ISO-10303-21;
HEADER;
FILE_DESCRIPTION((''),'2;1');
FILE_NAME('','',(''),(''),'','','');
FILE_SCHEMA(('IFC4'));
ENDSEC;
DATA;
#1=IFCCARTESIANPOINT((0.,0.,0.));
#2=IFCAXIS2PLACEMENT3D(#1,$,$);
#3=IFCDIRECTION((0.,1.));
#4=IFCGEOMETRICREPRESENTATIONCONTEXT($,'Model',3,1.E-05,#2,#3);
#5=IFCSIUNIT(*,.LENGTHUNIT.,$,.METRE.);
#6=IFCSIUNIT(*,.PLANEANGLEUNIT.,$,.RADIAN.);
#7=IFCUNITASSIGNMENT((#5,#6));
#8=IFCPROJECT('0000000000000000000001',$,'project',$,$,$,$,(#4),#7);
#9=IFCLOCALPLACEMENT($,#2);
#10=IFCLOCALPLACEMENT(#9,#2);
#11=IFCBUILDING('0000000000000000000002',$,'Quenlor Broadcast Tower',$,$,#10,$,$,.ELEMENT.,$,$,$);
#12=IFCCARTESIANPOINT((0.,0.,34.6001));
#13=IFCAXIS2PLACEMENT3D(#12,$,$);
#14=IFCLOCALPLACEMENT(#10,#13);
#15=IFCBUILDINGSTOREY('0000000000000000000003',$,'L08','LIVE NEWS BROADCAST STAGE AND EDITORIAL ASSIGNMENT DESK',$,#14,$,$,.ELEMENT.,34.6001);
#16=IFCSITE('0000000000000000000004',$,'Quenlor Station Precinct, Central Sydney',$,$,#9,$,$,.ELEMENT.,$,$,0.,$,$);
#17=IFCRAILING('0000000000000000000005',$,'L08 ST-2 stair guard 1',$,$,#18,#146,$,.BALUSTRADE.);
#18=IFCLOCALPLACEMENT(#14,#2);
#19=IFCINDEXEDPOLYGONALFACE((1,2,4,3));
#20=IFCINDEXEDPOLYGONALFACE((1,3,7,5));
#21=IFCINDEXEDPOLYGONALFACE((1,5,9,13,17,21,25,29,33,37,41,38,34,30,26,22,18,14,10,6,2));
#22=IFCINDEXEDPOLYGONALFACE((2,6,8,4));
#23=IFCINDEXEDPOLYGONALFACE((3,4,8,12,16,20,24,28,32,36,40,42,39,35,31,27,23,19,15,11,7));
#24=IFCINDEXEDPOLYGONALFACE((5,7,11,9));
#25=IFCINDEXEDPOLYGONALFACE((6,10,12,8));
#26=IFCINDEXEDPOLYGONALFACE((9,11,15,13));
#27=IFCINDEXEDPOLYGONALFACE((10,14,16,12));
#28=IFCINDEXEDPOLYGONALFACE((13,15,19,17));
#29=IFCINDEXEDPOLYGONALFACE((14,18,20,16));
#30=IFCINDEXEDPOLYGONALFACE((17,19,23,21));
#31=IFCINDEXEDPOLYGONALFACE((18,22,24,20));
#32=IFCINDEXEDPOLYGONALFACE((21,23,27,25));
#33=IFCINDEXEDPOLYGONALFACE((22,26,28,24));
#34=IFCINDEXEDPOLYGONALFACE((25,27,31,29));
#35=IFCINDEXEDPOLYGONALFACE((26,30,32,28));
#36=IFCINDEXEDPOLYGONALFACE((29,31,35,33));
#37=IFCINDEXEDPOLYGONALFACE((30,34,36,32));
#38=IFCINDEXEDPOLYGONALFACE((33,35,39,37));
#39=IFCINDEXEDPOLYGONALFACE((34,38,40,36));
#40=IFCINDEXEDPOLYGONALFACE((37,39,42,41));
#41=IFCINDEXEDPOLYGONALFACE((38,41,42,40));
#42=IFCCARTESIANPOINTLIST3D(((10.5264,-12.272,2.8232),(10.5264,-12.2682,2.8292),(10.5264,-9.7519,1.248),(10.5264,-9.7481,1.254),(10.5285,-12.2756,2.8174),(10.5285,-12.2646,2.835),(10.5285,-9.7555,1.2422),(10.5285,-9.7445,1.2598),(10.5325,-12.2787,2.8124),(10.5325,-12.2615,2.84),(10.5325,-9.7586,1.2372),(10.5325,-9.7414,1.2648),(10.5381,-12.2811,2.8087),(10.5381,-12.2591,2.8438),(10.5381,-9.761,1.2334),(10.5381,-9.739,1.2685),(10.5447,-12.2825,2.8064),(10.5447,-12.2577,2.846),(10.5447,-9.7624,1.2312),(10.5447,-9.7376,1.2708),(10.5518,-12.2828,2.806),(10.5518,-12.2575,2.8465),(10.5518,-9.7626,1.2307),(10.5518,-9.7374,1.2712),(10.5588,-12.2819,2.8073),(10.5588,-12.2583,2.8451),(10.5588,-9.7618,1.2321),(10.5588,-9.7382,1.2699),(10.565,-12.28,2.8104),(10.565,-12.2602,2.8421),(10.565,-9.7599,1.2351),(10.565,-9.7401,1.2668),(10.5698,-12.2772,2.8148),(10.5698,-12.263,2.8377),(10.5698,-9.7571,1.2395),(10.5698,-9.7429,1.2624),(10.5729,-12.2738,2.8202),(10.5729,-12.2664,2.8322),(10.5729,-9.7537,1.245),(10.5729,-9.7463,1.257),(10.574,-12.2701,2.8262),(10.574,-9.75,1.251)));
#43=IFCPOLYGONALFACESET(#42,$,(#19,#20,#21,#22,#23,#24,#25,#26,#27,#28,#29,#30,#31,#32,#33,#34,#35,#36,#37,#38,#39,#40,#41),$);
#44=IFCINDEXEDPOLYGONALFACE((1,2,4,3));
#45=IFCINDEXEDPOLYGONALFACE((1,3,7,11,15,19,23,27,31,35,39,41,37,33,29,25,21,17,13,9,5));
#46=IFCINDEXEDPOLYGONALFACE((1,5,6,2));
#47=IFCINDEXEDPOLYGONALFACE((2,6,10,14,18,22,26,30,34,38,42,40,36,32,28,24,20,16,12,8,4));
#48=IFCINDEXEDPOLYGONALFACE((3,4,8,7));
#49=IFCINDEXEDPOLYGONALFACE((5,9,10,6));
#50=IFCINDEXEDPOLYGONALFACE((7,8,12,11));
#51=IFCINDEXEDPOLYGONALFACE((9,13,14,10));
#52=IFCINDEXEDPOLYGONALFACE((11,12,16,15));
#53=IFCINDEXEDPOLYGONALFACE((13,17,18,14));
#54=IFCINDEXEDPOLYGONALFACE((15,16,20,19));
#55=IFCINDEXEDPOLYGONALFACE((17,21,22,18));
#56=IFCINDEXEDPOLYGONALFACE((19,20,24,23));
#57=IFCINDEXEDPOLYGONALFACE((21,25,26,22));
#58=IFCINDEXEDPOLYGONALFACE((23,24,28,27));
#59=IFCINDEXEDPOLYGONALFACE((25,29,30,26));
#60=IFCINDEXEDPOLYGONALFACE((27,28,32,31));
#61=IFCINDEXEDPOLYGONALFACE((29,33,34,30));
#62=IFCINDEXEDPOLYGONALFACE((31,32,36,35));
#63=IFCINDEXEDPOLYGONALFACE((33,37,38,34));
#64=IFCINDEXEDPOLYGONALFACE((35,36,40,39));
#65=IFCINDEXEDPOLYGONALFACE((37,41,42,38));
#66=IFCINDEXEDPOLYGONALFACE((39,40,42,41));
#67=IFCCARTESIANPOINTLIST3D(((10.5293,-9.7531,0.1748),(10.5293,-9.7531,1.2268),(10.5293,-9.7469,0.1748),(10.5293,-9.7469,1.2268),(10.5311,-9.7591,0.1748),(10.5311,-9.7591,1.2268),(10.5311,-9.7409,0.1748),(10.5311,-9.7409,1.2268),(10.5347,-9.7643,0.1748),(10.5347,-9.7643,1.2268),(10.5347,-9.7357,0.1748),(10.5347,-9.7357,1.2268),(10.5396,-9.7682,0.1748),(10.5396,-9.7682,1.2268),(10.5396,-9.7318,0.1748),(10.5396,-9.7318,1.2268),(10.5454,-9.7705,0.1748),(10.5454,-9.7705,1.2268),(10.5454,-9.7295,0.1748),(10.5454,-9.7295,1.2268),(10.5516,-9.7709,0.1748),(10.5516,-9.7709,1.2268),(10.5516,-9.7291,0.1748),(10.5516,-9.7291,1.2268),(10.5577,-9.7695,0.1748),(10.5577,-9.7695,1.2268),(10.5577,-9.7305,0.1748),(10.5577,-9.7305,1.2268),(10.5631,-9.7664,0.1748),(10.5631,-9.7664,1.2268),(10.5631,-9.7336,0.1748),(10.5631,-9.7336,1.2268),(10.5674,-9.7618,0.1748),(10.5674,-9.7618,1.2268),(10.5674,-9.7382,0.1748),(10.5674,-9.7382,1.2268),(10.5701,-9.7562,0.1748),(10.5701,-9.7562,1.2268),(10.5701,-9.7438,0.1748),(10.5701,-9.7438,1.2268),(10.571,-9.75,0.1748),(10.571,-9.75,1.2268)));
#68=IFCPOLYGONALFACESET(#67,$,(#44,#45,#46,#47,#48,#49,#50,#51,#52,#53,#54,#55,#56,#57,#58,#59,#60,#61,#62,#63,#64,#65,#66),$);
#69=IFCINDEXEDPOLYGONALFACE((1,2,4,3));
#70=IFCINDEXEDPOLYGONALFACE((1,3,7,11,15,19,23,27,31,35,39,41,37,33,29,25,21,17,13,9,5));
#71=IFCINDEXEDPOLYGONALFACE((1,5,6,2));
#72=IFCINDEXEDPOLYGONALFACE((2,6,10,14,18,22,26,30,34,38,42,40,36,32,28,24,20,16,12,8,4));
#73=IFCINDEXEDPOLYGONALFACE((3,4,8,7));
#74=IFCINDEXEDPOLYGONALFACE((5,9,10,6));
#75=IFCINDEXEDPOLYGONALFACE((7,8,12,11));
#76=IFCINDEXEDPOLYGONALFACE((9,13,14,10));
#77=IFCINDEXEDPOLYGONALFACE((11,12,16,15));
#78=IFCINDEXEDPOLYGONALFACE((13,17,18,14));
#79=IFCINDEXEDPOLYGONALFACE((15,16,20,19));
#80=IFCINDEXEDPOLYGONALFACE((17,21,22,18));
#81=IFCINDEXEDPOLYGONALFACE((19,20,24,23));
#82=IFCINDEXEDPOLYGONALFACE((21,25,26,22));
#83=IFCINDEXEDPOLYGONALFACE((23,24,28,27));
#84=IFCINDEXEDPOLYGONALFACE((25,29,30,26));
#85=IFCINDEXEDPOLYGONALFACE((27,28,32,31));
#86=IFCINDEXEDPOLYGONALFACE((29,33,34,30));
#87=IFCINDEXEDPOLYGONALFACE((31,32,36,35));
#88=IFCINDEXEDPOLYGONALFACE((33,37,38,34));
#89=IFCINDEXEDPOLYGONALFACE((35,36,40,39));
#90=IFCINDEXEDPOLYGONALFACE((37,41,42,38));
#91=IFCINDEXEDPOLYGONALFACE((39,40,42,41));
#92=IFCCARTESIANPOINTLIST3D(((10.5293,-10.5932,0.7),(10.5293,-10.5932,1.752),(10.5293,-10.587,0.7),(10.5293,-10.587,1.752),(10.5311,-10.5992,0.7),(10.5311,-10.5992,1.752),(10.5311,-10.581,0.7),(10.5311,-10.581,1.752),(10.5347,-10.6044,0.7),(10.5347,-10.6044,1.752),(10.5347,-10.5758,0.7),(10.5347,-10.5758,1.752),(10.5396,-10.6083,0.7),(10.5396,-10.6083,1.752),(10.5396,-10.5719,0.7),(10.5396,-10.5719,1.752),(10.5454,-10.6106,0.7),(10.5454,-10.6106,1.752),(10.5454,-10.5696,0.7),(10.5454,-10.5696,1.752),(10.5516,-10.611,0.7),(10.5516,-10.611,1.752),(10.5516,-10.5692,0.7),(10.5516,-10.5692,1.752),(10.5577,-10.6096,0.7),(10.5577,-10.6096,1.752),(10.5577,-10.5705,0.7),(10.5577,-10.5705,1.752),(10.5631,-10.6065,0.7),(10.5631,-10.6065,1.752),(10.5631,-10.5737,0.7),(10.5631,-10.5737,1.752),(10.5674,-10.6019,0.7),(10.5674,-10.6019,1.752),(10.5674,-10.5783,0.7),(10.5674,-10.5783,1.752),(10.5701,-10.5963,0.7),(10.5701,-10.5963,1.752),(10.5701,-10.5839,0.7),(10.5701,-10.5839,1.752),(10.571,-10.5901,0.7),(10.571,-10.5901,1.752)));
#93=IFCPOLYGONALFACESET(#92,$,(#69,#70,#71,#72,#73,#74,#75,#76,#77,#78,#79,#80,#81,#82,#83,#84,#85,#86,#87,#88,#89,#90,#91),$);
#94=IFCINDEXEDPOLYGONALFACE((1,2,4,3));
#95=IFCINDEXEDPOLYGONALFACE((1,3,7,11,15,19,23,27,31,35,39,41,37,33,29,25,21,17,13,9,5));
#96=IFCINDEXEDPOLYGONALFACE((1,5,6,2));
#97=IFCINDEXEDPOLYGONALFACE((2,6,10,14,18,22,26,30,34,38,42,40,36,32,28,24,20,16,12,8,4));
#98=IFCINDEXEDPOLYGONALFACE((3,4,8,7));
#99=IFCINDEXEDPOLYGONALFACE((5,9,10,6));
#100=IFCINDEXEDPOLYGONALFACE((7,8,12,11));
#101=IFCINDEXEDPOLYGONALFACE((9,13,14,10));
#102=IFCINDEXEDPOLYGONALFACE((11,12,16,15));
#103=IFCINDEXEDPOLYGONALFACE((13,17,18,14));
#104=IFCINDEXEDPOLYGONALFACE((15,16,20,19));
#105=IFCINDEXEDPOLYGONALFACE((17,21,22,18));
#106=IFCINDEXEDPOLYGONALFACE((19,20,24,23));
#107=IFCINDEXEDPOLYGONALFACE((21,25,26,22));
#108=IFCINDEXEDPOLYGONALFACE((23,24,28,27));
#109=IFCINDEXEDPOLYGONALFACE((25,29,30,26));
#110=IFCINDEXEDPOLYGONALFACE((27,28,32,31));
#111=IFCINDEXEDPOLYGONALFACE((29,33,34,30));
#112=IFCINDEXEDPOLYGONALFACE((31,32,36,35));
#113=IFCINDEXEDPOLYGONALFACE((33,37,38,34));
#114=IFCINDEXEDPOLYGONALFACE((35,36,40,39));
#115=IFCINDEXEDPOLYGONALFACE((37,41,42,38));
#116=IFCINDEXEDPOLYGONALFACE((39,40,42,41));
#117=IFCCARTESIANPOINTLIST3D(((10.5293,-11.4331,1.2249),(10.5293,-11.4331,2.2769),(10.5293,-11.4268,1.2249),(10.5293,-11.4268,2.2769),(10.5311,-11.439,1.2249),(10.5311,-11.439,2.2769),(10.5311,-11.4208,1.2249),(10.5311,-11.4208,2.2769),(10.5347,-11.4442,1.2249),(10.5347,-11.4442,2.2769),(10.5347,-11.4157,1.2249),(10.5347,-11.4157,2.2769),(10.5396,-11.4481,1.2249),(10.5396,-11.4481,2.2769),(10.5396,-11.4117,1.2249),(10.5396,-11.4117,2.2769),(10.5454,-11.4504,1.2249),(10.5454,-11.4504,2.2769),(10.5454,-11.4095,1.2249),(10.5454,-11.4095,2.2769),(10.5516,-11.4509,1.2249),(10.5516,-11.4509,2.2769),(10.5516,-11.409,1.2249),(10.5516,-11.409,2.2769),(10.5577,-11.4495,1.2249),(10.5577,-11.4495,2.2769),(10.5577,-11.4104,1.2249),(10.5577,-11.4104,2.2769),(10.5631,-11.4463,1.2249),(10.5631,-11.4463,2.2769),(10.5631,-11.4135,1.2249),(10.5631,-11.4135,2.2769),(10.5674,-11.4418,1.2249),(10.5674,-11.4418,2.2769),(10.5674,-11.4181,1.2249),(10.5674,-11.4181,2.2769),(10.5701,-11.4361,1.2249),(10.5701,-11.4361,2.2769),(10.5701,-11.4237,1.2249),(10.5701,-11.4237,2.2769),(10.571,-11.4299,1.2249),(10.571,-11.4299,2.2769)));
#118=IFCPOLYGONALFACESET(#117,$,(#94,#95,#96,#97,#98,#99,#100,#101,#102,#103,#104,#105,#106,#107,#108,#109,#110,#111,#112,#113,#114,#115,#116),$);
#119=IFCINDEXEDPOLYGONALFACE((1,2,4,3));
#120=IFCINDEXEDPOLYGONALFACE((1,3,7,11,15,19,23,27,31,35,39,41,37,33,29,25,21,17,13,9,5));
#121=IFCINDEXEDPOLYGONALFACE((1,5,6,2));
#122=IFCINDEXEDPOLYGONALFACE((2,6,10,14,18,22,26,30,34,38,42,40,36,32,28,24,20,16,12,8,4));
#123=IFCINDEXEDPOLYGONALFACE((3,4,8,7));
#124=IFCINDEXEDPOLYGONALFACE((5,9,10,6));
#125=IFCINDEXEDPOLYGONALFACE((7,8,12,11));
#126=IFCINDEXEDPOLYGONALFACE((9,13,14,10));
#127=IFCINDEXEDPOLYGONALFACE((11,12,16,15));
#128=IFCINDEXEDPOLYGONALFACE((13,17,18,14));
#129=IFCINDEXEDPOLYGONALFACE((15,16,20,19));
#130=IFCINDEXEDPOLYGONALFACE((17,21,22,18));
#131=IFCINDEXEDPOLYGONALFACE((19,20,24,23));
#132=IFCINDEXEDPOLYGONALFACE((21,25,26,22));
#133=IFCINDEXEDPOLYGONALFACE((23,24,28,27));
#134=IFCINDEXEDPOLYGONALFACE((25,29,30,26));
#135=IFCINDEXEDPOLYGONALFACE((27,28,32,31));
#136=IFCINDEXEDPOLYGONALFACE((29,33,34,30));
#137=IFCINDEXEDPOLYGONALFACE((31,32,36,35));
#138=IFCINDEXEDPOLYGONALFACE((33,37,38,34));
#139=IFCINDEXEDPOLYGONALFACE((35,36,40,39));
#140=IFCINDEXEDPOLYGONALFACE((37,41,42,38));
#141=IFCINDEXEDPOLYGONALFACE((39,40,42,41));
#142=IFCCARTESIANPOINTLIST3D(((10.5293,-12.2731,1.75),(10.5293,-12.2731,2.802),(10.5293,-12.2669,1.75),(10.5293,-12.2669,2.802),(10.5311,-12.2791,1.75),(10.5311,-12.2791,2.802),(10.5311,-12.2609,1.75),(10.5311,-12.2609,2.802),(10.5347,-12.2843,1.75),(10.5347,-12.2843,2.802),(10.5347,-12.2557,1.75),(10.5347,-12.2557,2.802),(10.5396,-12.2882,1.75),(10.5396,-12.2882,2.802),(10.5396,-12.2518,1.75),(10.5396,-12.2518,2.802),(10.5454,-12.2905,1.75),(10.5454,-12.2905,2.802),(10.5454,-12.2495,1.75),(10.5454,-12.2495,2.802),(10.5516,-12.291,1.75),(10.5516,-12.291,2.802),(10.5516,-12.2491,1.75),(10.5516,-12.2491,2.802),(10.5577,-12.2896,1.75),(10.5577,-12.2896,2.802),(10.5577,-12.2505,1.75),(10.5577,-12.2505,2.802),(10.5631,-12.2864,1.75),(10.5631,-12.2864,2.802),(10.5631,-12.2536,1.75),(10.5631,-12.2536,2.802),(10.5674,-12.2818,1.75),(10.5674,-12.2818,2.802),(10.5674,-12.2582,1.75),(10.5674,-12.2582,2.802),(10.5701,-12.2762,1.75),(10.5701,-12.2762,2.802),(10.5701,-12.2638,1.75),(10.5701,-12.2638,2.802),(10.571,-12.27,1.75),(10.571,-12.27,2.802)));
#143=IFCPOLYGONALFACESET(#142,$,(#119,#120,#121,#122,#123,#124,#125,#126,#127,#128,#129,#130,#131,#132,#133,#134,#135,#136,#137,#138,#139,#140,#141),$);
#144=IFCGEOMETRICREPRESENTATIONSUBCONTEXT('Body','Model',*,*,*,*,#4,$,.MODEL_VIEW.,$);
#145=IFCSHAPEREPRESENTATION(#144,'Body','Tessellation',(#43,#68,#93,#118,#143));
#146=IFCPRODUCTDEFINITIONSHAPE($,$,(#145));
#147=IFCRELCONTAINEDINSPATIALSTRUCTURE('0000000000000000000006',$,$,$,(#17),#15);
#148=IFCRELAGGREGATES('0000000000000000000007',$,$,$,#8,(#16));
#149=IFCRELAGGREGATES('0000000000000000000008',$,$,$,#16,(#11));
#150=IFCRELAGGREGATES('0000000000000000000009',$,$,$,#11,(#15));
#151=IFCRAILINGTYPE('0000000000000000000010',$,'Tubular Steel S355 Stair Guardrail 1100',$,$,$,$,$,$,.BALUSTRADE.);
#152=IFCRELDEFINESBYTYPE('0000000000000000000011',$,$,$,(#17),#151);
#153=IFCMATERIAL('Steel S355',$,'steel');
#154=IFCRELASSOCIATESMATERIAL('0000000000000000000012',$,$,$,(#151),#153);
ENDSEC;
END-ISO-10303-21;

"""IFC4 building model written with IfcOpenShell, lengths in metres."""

from ifc_helpers import new_model, si_unit, direction, frame, origin, origin_2d, place, context, subcontext, project, spatial, circle, extrude, material, type_object, element, save


model = new_model("IFC4")

# Units and contexts
model_context = context("Model", 3, precision=1e-05, world=origin(), true_north=direction((0.0, 1.0)))
body_context = subcontext(model_context, "Body", "Model", "MODEL_VIEW")
ifc_project = project(units=[si_unit("LENGTHUNIT", "METRE"), si_unit("PLANEANGLEUNIT", "RADIAN")], contexts=[model_context])

# Site, building, storey
site_placement = place(None, origin())
site = spatial("IfcSite", under=ifc_project, at=site_placement, Name="Quenlor Station Precinct, Central Sydney", CompositionType="ELEMENT", RefElevation=0.0)
building_placement = place(site_placement, origin())
building = spatial("IfcBuilding", under=site, at=building_placement, Name="Quenlor Broadcast Tower", CompositionType="ELEMENT")
storey_placement = place(building_placement, frame((0.0, 0.0, 34.6001)))
storey = spatial("IfcBuildingStorey", under=building, at=storey_placement, Name="L08", Description="LIVE NEWS BROADCAST STAGE AND EDITORIAL ASSIGNMENT DESK", CompositionType="ELEMENT", Elevation=34.6001)

# Railing
ifc_material_1 = material(Name="Steel S355", Category="steel")
railing_type_1 = type_object("IfcRailingType", Name="Tubular Steel S355 Stair Guardrail 1100", PredefinedType="BALUSTRADE", material=ifc_material_1)
railing_1_placement = place(storey_placement, frame((10.55, -9.75, 0.1748)))
element("IfcRailing", 1, at=railing_1_placement, inside=storey, type_object=railing_type_1, Name="L08 ST-2 stair guard 1", PredefinedType="BALUSTRADE", context=body_context, shape_type="SweptSolid", body=[
    extrude(circle(Radius=0.0239, at=origin_2d()), frame((0.0, 0.0, 1.0762), z_axis=(0.0, -0.847971, 0.530043), x_axis=(1.0, 0.0, 0.0)), (0.0, 0.0, 1.0), 2.9719),
    extrude(circle(Radius=0.021, at=origin_2d()), origin(), (0.0, 0.0, 1.0), 1.052),
    extrude(circle(Radius=0.021, at=origin_2d()), frame((0.0, -0.8401, 0.5251)), (0.0, 0.0, 1.0), 1.052),
    extrude(circle(Radius=0.021, at=origin_2d()), frame((0.0, -1.6799, 1.05)), (0.0, 0.0, 1.0), 1.052),
    extrude(circle(Radius=0.021, at=origin_2d()), frame((0.0, -2.52, 1.5752)), (0.0, 0.0, 1.0), 1.052),
])

save(model, "model.ifc")
